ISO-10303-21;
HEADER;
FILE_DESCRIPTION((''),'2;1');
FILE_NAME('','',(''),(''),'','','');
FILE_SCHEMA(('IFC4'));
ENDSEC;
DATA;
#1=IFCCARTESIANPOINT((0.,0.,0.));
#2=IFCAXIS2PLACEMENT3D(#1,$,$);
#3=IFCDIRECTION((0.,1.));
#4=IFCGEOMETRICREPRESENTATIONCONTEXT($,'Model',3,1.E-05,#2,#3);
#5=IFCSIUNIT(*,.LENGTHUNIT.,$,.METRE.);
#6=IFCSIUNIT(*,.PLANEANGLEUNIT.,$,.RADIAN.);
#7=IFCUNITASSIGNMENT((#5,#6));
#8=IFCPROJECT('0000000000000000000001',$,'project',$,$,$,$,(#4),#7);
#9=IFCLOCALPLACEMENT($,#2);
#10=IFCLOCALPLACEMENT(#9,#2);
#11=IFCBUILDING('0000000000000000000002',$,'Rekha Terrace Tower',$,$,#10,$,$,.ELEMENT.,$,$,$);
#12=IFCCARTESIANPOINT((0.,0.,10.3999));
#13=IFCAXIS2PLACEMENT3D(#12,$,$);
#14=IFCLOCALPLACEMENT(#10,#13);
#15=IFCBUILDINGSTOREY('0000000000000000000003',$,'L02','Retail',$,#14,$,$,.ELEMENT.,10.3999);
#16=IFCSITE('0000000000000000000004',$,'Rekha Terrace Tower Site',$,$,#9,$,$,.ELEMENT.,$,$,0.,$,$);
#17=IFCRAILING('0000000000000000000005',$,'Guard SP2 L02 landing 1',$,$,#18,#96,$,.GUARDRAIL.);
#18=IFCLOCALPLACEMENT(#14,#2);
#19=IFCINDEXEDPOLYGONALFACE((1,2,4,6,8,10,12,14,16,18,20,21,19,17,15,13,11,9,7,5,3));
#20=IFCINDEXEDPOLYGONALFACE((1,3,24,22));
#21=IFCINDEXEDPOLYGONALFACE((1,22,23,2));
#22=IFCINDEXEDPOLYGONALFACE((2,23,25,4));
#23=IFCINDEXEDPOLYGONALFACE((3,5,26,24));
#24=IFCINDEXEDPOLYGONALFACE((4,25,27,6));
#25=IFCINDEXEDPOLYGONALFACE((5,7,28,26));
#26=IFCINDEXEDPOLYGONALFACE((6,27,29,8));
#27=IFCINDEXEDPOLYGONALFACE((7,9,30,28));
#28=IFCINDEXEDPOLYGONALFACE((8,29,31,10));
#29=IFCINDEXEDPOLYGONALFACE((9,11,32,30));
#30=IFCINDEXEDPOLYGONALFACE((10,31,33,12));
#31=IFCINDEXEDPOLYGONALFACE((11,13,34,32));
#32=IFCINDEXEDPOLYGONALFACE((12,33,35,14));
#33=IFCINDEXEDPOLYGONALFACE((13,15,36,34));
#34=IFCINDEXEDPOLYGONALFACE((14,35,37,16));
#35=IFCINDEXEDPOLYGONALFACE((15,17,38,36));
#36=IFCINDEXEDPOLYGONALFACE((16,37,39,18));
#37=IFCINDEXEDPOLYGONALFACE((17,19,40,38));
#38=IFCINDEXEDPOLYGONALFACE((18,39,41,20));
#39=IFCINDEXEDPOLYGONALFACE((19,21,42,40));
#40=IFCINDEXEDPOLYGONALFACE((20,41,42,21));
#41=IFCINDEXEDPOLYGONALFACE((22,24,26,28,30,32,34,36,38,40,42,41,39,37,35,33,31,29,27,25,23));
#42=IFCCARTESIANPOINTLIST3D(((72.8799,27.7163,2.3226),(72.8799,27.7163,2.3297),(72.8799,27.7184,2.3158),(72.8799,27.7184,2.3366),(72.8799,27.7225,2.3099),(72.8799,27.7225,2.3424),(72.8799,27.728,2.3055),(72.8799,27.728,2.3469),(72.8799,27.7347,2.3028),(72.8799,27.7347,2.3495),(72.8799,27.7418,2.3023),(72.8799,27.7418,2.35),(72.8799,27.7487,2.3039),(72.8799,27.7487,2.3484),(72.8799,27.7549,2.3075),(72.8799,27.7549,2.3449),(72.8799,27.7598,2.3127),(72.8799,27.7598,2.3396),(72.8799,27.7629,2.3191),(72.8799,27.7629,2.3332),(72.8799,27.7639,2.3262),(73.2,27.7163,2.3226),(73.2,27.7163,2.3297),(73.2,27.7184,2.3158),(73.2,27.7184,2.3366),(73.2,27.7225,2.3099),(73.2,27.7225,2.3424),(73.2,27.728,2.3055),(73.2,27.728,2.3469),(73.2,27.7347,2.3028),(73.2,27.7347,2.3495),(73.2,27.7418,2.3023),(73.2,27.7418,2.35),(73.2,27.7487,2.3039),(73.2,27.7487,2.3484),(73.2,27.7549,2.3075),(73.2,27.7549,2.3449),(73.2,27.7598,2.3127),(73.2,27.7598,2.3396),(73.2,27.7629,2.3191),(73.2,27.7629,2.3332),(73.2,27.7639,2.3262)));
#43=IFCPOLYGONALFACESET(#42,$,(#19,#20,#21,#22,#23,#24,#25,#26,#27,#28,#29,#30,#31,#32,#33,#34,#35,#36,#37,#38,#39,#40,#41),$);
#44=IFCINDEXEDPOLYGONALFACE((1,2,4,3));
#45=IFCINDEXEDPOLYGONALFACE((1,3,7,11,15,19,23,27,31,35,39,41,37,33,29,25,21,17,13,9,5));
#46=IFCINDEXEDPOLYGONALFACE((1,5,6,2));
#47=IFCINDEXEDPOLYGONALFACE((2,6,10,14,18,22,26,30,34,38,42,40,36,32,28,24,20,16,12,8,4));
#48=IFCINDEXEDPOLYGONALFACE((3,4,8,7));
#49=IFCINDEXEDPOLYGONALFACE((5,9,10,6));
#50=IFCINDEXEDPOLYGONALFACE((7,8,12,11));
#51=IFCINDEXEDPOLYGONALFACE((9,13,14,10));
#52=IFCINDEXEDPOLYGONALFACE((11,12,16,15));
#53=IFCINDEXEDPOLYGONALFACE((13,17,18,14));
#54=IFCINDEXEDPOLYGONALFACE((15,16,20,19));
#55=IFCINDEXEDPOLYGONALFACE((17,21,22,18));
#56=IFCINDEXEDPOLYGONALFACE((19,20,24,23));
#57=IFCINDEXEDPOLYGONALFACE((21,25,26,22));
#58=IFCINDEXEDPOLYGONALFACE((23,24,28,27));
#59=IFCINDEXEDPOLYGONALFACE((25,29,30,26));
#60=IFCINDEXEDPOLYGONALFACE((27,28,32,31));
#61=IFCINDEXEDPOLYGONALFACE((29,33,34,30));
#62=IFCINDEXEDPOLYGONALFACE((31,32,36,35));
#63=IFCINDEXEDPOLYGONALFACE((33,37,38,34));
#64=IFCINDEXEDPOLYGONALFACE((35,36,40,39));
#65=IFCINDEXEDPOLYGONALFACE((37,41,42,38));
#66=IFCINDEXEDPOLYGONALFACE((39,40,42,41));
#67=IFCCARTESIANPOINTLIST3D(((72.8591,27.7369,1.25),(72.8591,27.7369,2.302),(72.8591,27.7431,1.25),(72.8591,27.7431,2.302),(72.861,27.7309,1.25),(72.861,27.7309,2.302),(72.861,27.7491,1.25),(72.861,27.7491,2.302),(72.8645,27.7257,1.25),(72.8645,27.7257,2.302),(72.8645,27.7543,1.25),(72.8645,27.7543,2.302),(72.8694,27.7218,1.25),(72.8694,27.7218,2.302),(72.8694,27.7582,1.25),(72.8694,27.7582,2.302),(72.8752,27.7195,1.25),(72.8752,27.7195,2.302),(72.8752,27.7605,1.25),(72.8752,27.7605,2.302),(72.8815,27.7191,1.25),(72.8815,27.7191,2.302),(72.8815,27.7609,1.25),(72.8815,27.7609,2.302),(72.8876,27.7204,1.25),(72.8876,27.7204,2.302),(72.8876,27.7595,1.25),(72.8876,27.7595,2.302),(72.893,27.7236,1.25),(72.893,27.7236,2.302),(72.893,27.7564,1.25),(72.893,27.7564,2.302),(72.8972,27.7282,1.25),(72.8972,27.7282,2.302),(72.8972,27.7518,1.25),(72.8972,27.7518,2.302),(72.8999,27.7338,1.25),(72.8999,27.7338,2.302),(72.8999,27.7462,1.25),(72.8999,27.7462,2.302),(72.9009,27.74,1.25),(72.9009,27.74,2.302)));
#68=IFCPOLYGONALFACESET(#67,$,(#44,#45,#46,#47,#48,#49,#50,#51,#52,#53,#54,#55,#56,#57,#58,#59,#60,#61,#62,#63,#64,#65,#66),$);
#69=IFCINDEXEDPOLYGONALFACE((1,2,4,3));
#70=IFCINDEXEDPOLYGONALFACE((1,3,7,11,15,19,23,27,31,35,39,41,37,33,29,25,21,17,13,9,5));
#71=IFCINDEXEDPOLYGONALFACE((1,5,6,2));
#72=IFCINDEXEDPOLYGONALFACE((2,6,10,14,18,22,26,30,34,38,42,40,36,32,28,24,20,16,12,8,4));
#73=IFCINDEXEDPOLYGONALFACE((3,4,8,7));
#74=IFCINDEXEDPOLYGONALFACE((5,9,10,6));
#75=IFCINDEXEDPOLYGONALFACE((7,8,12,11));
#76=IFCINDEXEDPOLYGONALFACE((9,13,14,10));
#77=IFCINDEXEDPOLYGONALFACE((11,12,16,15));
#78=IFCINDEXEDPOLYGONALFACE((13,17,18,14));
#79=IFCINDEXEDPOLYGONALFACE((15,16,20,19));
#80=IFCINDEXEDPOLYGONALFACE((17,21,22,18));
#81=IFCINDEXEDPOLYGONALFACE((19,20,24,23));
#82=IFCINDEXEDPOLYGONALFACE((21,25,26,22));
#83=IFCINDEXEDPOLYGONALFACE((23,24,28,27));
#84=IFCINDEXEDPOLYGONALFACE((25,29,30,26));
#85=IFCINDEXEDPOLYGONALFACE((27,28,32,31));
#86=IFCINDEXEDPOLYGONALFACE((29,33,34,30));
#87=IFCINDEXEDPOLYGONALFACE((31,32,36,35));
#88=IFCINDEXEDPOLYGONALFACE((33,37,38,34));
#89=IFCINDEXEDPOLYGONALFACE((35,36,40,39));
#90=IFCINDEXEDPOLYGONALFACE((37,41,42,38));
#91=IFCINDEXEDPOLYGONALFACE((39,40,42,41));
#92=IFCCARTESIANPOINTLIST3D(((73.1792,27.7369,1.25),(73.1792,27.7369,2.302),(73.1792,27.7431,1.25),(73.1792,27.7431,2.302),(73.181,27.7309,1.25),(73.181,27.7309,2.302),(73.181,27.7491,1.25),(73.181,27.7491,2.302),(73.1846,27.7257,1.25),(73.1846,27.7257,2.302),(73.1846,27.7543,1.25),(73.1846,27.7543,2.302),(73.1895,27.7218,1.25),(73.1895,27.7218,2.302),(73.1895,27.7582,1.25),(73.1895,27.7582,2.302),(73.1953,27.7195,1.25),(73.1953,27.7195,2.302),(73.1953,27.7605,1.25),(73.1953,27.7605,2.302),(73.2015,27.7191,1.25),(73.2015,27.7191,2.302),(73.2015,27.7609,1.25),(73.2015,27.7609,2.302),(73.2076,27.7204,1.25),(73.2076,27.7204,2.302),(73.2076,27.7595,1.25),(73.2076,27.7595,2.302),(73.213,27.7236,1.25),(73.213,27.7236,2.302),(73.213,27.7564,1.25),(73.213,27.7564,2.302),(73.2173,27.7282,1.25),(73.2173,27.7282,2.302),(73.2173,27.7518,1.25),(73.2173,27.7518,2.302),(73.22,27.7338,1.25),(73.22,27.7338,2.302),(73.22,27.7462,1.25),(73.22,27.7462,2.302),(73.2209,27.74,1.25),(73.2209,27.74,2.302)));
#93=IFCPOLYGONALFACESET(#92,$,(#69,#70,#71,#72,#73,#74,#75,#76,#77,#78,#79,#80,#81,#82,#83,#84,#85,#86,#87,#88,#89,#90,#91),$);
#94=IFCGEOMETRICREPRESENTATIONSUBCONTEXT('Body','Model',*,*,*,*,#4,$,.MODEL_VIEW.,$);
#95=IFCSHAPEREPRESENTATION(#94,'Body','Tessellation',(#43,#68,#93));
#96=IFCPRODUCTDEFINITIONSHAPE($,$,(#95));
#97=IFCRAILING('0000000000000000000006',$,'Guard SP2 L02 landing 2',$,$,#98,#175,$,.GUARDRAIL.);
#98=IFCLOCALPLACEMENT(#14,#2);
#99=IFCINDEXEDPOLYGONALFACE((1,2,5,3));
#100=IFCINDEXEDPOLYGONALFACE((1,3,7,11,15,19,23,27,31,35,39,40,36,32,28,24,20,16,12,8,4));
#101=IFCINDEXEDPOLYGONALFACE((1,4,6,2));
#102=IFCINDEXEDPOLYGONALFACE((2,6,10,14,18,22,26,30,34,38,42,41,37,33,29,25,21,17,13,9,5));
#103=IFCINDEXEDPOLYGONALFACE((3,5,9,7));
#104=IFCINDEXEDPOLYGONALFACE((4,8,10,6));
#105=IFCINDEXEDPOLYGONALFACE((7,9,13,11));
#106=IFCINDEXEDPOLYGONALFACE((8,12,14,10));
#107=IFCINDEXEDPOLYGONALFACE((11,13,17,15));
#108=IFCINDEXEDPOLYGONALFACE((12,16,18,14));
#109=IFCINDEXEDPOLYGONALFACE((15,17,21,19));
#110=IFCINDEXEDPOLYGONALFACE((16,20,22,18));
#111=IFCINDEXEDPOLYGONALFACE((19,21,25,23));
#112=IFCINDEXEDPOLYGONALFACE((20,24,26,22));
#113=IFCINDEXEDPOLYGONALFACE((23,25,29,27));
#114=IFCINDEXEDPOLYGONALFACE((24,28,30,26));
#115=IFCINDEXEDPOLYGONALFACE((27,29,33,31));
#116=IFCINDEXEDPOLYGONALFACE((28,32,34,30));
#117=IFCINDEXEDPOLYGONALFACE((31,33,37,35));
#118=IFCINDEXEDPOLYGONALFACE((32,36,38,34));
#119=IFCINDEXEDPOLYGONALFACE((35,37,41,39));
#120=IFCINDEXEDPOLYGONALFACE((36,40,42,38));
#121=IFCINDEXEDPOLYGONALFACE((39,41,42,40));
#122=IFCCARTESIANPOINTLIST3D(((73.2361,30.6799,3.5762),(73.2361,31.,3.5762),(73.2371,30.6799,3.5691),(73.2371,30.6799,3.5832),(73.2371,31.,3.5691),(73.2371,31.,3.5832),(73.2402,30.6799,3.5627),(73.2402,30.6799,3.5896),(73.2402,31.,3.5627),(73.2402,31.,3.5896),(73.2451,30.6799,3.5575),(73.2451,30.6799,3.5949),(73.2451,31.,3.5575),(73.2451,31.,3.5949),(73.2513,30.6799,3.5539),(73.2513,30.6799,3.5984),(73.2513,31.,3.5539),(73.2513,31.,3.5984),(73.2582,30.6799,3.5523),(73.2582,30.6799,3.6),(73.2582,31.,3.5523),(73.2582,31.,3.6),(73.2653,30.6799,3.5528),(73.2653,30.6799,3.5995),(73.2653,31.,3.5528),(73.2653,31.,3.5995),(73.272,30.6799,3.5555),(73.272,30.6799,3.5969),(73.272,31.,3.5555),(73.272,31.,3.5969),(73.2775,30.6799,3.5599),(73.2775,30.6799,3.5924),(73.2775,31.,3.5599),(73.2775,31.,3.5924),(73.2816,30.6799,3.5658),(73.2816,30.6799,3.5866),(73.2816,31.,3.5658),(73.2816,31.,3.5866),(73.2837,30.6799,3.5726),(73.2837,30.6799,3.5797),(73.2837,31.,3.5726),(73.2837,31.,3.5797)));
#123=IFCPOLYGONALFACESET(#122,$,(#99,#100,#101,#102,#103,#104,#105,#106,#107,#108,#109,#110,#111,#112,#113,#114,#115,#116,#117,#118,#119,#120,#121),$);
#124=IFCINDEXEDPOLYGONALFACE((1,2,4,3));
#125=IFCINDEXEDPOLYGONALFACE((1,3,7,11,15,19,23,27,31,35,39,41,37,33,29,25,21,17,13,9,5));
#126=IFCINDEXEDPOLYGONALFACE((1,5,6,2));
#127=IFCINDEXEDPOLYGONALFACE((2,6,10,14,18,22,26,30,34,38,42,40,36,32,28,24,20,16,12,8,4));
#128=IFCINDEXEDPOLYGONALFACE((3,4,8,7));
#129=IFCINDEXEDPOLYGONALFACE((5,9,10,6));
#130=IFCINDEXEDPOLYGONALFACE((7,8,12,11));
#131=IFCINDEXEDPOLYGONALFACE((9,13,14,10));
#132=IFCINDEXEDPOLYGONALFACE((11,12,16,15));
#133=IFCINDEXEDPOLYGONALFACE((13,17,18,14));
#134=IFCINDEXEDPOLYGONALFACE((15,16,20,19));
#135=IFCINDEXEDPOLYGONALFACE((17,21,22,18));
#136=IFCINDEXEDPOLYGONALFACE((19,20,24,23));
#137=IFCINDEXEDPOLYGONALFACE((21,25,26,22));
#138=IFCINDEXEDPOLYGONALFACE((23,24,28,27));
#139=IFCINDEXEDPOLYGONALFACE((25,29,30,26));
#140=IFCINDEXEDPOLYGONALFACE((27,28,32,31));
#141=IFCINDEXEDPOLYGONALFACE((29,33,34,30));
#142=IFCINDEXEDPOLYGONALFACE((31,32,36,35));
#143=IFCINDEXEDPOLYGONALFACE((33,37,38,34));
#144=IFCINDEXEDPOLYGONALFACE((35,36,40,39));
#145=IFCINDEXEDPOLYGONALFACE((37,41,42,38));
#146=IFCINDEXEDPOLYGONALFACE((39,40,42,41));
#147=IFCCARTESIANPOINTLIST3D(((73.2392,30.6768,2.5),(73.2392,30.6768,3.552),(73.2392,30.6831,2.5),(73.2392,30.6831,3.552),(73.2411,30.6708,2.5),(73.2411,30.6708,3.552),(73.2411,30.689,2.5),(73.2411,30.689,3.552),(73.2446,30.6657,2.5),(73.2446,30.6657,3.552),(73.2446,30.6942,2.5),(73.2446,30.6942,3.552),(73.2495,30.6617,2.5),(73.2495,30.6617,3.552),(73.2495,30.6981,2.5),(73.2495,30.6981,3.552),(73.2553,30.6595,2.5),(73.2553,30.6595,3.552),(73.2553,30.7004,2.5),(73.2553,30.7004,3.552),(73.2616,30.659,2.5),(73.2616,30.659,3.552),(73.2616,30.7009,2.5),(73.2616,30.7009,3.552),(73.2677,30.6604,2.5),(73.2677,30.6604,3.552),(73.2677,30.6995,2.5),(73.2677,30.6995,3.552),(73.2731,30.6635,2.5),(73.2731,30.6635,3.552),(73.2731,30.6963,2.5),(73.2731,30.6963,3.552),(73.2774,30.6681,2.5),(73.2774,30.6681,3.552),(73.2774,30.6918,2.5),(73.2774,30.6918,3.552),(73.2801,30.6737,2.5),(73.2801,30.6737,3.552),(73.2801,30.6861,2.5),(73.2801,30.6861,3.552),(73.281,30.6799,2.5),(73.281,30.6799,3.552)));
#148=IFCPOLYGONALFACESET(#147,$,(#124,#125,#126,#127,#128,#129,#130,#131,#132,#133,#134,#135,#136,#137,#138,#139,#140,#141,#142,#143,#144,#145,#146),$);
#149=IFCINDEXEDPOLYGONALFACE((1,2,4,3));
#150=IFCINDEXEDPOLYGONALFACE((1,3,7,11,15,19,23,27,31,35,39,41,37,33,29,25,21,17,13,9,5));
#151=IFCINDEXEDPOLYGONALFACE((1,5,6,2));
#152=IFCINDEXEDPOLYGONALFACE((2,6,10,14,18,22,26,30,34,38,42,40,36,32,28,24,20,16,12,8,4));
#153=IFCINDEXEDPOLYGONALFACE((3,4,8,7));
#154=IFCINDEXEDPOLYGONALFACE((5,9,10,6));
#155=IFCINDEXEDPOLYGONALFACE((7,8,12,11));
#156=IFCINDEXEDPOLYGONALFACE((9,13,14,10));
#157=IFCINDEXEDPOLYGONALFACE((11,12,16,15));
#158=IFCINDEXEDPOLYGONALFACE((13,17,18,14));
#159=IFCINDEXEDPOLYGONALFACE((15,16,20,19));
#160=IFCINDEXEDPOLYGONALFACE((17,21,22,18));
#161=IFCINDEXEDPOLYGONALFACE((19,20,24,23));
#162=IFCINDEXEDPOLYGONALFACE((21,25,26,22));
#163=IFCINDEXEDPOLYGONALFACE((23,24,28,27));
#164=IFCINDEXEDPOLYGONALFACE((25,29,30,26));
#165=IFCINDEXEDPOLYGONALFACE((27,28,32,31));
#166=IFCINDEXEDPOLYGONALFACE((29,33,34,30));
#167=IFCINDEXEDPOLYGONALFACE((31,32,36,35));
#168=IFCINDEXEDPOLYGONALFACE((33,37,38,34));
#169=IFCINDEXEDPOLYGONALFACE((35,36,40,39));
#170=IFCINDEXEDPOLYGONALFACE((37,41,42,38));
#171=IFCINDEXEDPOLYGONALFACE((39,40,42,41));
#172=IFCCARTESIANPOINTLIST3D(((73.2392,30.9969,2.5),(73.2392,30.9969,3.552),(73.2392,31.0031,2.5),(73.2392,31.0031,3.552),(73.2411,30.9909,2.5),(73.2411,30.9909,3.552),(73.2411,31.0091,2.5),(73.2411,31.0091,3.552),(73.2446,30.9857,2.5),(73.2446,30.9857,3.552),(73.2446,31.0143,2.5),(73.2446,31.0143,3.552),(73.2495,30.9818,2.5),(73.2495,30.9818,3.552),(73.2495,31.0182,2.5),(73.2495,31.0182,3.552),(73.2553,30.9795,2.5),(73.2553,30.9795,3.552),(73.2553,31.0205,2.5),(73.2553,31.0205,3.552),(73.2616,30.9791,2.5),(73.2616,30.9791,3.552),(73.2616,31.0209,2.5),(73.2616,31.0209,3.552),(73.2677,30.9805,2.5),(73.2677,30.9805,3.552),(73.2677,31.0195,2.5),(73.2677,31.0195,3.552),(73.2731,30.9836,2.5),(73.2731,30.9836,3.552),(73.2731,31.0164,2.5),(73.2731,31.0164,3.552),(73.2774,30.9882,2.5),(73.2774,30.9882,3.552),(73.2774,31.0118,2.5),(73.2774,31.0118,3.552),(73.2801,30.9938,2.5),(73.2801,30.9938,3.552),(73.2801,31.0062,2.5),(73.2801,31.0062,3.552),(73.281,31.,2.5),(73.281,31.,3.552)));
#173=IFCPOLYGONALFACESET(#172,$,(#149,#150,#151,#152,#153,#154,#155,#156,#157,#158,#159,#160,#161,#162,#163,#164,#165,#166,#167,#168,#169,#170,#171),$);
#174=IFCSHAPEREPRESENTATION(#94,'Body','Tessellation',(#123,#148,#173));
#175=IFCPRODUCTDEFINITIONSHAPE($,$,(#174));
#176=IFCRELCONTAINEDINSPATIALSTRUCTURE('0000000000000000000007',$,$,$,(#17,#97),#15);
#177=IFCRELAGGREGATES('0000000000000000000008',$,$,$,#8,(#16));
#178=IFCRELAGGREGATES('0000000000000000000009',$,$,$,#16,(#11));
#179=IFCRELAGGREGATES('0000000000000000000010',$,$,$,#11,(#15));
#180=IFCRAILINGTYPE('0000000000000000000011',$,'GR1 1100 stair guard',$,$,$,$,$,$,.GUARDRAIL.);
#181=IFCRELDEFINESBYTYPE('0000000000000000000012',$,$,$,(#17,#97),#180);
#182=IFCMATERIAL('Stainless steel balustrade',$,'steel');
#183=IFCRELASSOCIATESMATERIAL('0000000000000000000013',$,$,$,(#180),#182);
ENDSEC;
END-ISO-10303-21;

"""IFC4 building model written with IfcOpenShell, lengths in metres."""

from ifc_helpers import new_model, si_unit, direction, frame, origin, origin_2d, place, context, subcontext, project, spatial, circle, extrude, material, type_object, element, save


model = new_model("IFC4")

# Units and contexts
model_context = context("Model", 3, precision=1e-05, world=origin(), true_north=direction((0.0, 1.0)))
body_context = subcontext(model_context, "Body", "Model", "MODEL_VIEW")
ifc_project = project(units=[si_unit("LENGTHUNIT", "METRE"), si_unit("PLANEANGLEUNIT", "RADIAN")], contexts=[model_context])

# Site, building, storey
site_placement = place(None, origin())
site = spatial("IfcSite", under=ifc_project, at=site_placement, Name="Rekha Terrace Tower Site", CompositionType="ELEMENT", RefElevation=0.0)
building_placement = place(site_placement, origin())
building = spatial("IfcBuilding", under=site, at=building_placement, Name="Rekha Terrace Tower", CompositionType="ELEMENT")
storey_placement = place(building_placement, frame((0.0, 0.0, 10.3999)))
storey = spatial("IfcBuildingStorey", under=building, at=storey_placement, Name="L02", Description="Retail", CompositionType="ELEMENT", Elevation=10.3999)

# Railings
ifc_material_1 = material(Name="Stainless steel balustrade", Category="steel")
railing_type_1 = type_object("IfcRailingType", Name="GR1 1100 stair guard", PredefinedType="GUARDRAIL", material=ifc_material_1)
railing_1_placement = place(storey_placement, frame((72.8799, 27.74, 1.25)))
element("IfcRailing", 1, at=railing_1_placement, inside=storey, type_object=railing_type_1, Name="Guard SP2 L02 landing 1", PredefinedType="GUARDRAIL", context=body_context, shape_type="SweptSolid", body=[
    extrude(circle(Radius=0.0239, at=origin_2d()), frame((0.0, 0.0, 1.0762), z_axis=(1.0, 0.0, 0.0), x_axis=(0.0, 1.0, 0.0)), (0.0, 0.0, 1.0), 0.3201),
    extrude(circle(Radius=0.021, at=origin_2d()), origin(), (0.0, 0.0, 1.0), 1.052),
    extrude(circle(Radius=0.021, at=origin_2d()), frame((0.3201, 0.0, 0.0)), (0.0, 0.0, 1.0), 1.052),
])
railing_2_placement = place(storey_placement, frame((73.26, 30.6799, 2.5)))
element("IfcRailing", 2, at=railing_2_placement, inside=storey, type_object=railing_type_1, Name="Guard SP2 L02 landing 2", PredefinedType="GUARDRAIL", context=body_context, shape_type="SweptSolid", body=[
    extrude(circle(Radius=0.0239, at=origin_2d()), frame((0.0, 0.0, 1.0762), z_axis=(0.0, 1.0, 0.0), x_axis=(-1.0, 0.0, 0.0)), (0.0, 0.0, 1.0), 0.3201),
    extrude(circle(Radius=0.021, at=origin_2d()), origin(), (0.0, 0.0, 1.0), 1.052),
    extrude(circle(Radius=0.021, at=origin_2d()), frame((0.0, 0.3201, 0.0)), (0.0, 0.0, 1.0), 1.052),
])

save(model, "model.ifc")
